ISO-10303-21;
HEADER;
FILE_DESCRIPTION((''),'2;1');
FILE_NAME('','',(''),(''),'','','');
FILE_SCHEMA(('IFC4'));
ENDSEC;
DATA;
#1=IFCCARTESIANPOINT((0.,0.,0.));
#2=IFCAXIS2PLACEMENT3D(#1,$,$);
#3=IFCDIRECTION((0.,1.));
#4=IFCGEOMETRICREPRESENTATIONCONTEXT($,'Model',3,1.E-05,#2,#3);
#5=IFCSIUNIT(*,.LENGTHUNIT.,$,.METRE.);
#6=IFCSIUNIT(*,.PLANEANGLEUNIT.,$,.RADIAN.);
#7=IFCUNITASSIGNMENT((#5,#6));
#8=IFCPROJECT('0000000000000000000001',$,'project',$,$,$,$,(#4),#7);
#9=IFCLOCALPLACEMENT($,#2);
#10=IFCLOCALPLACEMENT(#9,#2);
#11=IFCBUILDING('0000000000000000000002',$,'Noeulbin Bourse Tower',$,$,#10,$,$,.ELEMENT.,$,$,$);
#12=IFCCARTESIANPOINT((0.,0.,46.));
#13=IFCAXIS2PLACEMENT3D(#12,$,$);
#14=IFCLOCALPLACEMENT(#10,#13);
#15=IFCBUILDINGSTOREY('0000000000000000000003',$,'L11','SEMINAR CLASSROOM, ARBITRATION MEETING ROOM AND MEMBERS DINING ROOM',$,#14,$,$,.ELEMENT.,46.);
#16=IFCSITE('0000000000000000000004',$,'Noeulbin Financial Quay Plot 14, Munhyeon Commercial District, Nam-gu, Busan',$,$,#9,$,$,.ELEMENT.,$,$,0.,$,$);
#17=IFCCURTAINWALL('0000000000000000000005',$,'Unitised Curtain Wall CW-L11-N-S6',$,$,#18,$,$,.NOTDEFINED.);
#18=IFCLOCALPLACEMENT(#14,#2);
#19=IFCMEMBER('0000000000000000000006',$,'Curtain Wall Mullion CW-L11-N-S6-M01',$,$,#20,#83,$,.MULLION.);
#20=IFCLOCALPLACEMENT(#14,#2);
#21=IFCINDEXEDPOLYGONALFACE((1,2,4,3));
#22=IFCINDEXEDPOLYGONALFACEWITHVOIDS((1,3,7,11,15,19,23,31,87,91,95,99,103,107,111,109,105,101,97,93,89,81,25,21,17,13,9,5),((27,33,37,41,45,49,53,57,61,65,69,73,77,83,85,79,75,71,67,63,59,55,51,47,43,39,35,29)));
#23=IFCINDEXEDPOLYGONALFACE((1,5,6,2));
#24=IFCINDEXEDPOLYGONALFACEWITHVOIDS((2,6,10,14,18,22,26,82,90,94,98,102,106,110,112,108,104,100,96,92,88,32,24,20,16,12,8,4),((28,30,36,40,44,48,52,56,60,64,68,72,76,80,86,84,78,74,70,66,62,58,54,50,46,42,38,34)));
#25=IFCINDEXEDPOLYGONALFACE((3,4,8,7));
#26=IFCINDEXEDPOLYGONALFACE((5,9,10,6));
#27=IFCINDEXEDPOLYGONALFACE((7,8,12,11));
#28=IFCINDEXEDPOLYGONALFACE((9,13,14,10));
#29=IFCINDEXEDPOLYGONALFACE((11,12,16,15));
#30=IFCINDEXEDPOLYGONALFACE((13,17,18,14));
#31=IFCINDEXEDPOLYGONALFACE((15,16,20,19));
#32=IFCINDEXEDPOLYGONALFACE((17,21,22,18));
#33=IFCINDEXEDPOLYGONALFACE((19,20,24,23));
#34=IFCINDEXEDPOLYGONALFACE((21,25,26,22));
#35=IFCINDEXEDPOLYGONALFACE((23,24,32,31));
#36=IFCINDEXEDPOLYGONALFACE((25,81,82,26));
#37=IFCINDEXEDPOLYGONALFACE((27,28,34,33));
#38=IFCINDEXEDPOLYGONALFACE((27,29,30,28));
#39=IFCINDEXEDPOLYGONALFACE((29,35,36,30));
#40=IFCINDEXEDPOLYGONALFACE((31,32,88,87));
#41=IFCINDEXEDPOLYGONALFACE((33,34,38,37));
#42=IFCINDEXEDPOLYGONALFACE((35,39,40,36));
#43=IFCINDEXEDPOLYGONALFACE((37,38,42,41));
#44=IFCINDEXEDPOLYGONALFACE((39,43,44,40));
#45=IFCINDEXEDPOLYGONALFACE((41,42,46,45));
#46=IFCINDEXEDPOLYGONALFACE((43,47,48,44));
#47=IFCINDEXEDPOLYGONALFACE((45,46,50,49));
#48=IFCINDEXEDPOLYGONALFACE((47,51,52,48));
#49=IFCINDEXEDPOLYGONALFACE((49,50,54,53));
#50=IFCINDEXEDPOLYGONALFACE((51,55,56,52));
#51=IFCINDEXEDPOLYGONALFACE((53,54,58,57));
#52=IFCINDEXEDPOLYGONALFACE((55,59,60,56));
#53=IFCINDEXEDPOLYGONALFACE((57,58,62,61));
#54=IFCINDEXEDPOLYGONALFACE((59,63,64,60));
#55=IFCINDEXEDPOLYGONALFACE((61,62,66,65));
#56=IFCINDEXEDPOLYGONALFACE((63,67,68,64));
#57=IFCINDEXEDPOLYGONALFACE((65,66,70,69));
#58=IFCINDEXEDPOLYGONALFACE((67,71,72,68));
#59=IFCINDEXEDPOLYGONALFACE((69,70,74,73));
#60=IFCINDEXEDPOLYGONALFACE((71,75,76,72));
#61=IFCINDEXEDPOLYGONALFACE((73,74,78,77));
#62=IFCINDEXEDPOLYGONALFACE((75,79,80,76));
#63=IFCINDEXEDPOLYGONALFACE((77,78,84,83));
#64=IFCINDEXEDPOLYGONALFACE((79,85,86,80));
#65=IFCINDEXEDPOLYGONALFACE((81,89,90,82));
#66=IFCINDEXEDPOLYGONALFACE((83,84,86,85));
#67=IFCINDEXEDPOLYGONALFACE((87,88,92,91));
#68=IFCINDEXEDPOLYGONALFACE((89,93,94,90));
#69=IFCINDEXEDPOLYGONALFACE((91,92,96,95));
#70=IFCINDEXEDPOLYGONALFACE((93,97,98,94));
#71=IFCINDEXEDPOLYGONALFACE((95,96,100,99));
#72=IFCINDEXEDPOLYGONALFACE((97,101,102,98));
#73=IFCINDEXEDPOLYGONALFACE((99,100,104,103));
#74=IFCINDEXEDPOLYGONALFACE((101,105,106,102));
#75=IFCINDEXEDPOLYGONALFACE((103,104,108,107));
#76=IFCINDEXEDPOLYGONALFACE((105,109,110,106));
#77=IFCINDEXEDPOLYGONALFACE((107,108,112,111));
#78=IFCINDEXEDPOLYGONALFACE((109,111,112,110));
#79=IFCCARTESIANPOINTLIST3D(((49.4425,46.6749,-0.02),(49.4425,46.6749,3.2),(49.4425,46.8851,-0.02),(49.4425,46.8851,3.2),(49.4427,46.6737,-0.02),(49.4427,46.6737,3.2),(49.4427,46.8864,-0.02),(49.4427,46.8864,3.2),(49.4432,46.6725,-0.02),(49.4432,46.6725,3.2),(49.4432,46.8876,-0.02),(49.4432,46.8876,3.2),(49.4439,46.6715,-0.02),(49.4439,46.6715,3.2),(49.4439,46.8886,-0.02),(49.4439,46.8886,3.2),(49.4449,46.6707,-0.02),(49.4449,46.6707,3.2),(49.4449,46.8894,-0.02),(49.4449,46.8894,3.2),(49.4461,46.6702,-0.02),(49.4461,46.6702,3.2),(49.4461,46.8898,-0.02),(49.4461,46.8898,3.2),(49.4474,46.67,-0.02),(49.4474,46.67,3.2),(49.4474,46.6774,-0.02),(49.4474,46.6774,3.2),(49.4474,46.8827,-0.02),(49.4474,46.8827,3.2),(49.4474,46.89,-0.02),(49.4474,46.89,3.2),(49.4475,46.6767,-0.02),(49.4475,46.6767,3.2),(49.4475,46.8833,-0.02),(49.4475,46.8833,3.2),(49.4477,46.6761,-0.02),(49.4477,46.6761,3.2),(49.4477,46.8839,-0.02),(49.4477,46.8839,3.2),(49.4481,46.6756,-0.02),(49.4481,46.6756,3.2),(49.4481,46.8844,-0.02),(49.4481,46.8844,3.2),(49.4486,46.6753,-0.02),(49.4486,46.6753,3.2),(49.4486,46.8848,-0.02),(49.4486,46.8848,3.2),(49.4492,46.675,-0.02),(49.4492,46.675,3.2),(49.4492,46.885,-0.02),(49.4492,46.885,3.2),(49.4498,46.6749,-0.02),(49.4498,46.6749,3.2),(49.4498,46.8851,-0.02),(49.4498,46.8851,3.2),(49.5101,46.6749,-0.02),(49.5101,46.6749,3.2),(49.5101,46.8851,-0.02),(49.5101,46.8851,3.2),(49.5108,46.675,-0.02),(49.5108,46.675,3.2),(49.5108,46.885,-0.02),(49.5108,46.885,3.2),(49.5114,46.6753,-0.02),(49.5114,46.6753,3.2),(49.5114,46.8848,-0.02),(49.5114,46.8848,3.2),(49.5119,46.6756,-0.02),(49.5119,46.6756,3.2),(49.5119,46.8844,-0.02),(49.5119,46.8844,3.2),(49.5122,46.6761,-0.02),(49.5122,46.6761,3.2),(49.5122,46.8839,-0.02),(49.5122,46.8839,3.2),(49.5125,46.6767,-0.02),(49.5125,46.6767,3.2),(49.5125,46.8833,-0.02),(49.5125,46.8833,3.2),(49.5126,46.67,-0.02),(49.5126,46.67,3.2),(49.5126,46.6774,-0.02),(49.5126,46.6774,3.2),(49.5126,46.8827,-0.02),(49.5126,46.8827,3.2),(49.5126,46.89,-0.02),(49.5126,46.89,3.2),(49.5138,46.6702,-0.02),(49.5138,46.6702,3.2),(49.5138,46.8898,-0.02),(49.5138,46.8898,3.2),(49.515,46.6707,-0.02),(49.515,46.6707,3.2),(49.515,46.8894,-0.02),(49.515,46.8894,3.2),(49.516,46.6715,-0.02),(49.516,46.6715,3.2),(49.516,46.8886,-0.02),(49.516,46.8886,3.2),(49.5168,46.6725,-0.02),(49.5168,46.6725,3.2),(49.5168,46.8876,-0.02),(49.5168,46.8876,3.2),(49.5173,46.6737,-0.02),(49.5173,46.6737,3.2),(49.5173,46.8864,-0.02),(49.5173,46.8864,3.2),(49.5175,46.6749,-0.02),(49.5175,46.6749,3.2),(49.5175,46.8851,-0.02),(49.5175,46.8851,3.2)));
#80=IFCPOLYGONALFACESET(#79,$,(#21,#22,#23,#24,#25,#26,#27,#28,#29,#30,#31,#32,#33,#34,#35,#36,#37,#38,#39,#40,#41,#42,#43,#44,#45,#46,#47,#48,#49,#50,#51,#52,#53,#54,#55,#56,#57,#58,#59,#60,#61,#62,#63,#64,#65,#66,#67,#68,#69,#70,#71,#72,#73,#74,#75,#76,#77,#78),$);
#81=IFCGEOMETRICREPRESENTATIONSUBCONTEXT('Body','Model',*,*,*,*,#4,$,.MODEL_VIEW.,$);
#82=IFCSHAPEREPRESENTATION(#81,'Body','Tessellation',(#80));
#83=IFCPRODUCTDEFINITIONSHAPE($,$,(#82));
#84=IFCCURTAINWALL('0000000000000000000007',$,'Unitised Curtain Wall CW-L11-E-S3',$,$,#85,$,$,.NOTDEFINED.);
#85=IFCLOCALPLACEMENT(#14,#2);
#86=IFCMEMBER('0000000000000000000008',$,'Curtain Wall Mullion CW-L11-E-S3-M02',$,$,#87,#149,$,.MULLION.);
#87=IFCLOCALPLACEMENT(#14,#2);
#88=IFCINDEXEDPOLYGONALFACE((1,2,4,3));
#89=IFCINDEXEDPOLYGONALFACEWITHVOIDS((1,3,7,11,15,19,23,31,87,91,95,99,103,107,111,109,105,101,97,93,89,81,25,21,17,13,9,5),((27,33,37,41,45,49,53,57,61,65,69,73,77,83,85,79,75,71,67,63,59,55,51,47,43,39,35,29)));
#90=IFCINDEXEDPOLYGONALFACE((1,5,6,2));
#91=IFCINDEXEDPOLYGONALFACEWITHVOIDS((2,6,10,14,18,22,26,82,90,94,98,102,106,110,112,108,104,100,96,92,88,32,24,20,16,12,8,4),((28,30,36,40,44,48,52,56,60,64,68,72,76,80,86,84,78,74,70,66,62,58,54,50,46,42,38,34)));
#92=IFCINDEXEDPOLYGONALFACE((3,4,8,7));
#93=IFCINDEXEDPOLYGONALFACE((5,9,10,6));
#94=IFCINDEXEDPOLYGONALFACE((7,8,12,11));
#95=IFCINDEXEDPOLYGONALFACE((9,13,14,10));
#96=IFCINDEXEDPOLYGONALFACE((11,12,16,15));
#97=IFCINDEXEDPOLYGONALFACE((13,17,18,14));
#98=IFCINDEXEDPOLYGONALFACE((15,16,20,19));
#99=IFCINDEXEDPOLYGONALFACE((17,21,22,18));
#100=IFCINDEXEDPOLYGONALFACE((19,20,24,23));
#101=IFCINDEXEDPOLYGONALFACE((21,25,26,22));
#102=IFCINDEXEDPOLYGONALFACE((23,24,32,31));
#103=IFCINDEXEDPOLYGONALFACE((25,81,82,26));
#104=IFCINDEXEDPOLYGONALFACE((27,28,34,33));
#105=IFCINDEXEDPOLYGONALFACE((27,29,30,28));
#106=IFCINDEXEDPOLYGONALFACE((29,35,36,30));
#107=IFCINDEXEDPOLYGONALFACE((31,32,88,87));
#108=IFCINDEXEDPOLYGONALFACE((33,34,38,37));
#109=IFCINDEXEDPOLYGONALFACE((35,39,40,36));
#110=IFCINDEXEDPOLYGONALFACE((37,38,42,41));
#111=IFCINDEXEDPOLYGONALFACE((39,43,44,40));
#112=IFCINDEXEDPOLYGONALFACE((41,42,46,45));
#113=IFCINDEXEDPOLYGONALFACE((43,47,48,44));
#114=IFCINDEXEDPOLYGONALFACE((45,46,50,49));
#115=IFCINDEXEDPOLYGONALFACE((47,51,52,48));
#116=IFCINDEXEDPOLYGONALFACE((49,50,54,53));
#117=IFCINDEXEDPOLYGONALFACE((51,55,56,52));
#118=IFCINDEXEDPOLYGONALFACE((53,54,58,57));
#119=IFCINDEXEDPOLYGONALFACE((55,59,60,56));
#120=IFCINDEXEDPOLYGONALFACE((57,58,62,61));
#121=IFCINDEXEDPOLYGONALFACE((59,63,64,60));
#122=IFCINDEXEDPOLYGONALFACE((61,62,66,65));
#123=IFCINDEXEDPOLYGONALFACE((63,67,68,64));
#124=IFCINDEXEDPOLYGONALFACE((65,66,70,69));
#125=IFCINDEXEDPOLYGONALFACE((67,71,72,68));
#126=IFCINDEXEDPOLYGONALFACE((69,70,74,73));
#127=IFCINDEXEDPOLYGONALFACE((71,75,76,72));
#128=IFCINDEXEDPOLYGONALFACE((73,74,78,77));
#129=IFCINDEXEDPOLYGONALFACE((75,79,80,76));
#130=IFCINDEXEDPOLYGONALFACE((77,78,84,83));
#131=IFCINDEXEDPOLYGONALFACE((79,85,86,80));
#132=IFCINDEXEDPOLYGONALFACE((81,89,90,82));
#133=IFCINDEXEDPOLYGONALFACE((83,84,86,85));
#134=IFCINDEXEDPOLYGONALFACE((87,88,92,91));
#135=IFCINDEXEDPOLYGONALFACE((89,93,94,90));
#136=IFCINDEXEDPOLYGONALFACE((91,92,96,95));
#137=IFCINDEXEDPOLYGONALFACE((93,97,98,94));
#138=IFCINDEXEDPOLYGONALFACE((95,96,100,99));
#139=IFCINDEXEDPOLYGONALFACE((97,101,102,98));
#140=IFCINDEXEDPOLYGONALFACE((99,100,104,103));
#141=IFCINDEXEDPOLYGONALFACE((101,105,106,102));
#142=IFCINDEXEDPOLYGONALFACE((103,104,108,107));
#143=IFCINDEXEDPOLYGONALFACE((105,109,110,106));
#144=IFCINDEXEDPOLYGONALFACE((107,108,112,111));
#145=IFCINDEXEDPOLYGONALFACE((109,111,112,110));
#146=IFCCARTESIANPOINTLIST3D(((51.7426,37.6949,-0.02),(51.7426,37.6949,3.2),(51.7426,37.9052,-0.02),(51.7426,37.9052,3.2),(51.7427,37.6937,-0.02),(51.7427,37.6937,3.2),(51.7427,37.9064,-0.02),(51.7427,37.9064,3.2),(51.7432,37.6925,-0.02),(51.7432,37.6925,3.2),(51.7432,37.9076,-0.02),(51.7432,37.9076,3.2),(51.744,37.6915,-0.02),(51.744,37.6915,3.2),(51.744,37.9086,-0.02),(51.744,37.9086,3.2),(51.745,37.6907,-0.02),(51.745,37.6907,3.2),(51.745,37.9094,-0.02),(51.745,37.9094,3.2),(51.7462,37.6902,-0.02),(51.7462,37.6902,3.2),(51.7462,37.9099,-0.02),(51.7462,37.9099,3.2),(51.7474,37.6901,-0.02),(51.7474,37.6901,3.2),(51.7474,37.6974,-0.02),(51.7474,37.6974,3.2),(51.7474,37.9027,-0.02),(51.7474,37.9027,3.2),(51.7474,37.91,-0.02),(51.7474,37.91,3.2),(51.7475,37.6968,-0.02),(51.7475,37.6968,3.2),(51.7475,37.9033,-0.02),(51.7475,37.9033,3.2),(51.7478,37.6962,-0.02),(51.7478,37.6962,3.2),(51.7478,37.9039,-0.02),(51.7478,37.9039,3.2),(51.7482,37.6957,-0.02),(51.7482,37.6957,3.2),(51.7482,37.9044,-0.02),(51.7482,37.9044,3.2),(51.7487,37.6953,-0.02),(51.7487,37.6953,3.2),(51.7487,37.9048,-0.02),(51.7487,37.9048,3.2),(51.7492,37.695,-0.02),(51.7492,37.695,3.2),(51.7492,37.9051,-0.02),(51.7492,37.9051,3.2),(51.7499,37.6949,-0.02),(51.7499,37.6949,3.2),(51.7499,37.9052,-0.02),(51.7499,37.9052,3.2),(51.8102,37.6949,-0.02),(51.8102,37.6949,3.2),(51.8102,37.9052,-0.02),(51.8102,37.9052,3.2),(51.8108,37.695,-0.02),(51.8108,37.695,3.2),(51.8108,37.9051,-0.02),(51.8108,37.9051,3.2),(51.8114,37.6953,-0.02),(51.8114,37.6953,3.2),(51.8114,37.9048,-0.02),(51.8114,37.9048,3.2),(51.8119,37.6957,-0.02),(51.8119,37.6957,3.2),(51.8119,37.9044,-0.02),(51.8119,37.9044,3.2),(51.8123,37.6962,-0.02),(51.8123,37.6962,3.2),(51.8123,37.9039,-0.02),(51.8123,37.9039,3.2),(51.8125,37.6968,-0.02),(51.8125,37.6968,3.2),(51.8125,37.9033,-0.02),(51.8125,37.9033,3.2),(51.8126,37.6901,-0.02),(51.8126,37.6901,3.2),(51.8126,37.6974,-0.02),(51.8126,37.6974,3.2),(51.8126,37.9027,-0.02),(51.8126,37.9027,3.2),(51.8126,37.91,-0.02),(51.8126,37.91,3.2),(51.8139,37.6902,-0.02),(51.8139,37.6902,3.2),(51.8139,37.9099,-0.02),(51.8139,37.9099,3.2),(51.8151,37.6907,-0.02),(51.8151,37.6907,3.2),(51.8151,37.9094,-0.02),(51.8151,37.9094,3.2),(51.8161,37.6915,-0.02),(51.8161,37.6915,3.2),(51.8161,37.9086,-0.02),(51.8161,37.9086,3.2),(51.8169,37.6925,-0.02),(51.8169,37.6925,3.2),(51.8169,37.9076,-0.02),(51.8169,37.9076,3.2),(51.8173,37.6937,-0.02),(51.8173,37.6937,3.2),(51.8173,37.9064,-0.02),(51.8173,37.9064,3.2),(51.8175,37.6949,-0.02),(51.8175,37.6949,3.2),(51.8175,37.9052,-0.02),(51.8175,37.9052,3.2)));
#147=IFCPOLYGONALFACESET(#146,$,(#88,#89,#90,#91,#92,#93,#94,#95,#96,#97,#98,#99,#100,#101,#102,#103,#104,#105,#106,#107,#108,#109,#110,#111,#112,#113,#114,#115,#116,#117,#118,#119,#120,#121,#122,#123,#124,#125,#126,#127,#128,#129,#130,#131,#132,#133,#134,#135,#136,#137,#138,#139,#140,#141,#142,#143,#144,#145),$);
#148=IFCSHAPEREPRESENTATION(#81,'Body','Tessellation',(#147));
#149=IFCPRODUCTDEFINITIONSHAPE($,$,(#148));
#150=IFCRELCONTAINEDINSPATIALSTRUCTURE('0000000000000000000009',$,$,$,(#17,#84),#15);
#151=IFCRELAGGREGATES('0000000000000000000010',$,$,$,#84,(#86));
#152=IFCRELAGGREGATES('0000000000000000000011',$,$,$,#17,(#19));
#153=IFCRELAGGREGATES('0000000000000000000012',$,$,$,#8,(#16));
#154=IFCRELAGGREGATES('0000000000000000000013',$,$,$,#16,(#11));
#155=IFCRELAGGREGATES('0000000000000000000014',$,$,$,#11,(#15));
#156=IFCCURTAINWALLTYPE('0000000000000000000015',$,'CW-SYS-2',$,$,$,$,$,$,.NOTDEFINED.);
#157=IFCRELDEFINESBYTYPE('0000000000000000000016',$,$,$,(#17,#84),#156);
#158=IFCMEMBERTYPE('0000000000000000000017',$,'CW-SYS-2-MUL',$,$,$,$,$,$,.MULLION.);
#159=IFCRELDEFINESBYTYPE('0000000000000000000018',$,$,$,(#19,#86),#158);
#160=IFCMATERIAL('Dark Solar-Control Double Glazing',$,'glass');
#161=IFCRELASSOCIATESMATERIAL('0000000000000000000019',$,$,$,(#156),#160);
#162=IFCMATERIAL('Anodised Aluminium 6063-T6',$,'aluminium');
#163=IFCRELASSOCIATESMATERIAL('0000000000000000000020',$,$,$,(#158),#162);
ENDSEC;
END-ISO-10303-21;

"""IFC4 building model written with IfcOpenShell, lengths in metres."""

from ifc_helpers import new_model, si_unit, direction, frame, origin, origin_2d, place, context, subcontext, project, spatial, hollow_rectangle, extrude, material, material_profile, profile_set, type_object, element, aggregate, save


model = new_model("IFC4")

# Units and contexts
model_context = context("Model", 3, precision=1e-05, world=origin(), true_north=direction((0.0, 1.0)))
body_context = subcontext(model_context, "Body", "Model", "MODEL_VIEW")
ifc_project = project(units=[si_unit("LENGTHUNIT", "METRE"), si_unit("PLANEANGLEUNIT", "RADIAN")], contexts=[model_context])

# Site, building, storey
site_placement = place(None, origin())
site = spatial("IfcSite", under=ifc_project, at=site_placement, Name="Noeulbin Financial Quay Plot 14, Munhyeon Commercial District, Nam-gu, Busan", CompositionType="ELEMENT", RefElevation=0.0)
building_placement = place(site_placement, origin())
building = spatial("IfcBuilding", under=site, at=building_placement, Name="Noeulbin Bourse Tower", CompositionType="ELEMENT")
storey_placement = place(building_placement, frame((0.0, 0.0, 46.0)))
storey = spatial("IfcBuildingStorey", under=building, at=storey_placement, Name="L11", Description="SEMINAR CLASSROOM, ARBITRATION MEETING ROOM AND MEMBERS DINING ROOM", CompositionType="ELEMENT", Elevation=46.0)

# Shared definitions
ifc_material_1 = material(Name="Dark Solar-Control Double Glazing", Category="glass")
curtain_wall_type = type_object("IfcCurtainWallType", Name="CW-SYS-2", PredefinedType="NOTDEFINED", material=ifc_material_1)
ifc_material_2 = material(Name="Anodised Aluminium 6063-T6", Category="aluminium")
ifc_material_profile_1 = material_profile(ifc_material_2, hollow_rectangle(XDim=0.075, YDim=0.22, WallThickness=0.0049, InnerFilletRadius=0.0024, OuterFilletRadius=0.0049, at=origin_2d()), Name="ALU-MULL-75x220x5", Category="LoadBearing")
ifc_profile_set_1 = profile_set([ifc_material_profile_1], Name="Anodised Aluminium 6063-T6")
member_type_1 = type_object("IfcMemberType", Name="CW-SYS-2-MUL", PredefinedType="MULLION", material=ifc_profile_set_1)

# Curtain wall, member
curtain_wall_1_placement = place(storey_placement, origin())
curtain_wall_1 = element("IfcCurtainWall", 1, at=curtain_wall_1_placement, inside=storey, type_object=curtain_wall_type, Name="Unitised Curtain Wall CW-L11-N-S6", PredefinedType="NOTDEFINED")
member_1_placement = place(storey_placement, frame((49.48, 46.78, -0.02), z_axis=(0.0, 0.0, 1.0), x_axis=(1.0, 0.0, 0.0)))
member_1 = element("IfcMember", 2, at=member_1_placement, type_object=member_type_1, Name="Curtain Wall Mullion CW-L11-N-S6-M01", PredefinedType="MULLION", context=body_context, shape_type="SweptSolid", body=[
    extrude(hollow_rectangle(XDim=0.075, YDim=0.22, WallThickness=0.0049, InnerFilletRadius=0.0024, OuterFilletRadius=0.0049, at=origin_2d()), origin(), (0.0, 0.0, 1.0), 3.22),
])

# Curtain wall, member
curtain_wall_2_placement = place(storey_placement, origin())
curtain_wall_2 = element("IfcCurtainWall", 3, at=curtain_wall_2_placement, inside=storey, type_object=curtain_wall_type, Name="Unitised Curtain Wall CW-L11-E-S3", PredefinedType="NOTDEFINED")
member_2_placement = place(storey_placement, frame((51.78, 37.8, -0.02), z_axis=(0.0, 0.0, 1.0), x_axis=(1.0, 0.0, 0.0)))
member_2 = element("IfcMember", 4, at=member_2_placement, type_object=member_type_1, Name="Curtain Wall Mullion CW-L11-E-S3-M02", PredefinedType="MULLION", context=body_context, shape_type="SweptSolid", body=[
    extrude(hollow_rectangle(XDim=0.075, YDim=0.22, WallThickness=0.0049, InnerFilletRadius=0.0024, OuterFilletRadius=0.0049, at=origin_2d()), origin(), (0.0, 0.0, 1.0), 3.22),
])
aggregate(curtain_wall_2, [member_2])

aggregate(curtain_wall_1, [member_1])

save(model, "model.ifc")
